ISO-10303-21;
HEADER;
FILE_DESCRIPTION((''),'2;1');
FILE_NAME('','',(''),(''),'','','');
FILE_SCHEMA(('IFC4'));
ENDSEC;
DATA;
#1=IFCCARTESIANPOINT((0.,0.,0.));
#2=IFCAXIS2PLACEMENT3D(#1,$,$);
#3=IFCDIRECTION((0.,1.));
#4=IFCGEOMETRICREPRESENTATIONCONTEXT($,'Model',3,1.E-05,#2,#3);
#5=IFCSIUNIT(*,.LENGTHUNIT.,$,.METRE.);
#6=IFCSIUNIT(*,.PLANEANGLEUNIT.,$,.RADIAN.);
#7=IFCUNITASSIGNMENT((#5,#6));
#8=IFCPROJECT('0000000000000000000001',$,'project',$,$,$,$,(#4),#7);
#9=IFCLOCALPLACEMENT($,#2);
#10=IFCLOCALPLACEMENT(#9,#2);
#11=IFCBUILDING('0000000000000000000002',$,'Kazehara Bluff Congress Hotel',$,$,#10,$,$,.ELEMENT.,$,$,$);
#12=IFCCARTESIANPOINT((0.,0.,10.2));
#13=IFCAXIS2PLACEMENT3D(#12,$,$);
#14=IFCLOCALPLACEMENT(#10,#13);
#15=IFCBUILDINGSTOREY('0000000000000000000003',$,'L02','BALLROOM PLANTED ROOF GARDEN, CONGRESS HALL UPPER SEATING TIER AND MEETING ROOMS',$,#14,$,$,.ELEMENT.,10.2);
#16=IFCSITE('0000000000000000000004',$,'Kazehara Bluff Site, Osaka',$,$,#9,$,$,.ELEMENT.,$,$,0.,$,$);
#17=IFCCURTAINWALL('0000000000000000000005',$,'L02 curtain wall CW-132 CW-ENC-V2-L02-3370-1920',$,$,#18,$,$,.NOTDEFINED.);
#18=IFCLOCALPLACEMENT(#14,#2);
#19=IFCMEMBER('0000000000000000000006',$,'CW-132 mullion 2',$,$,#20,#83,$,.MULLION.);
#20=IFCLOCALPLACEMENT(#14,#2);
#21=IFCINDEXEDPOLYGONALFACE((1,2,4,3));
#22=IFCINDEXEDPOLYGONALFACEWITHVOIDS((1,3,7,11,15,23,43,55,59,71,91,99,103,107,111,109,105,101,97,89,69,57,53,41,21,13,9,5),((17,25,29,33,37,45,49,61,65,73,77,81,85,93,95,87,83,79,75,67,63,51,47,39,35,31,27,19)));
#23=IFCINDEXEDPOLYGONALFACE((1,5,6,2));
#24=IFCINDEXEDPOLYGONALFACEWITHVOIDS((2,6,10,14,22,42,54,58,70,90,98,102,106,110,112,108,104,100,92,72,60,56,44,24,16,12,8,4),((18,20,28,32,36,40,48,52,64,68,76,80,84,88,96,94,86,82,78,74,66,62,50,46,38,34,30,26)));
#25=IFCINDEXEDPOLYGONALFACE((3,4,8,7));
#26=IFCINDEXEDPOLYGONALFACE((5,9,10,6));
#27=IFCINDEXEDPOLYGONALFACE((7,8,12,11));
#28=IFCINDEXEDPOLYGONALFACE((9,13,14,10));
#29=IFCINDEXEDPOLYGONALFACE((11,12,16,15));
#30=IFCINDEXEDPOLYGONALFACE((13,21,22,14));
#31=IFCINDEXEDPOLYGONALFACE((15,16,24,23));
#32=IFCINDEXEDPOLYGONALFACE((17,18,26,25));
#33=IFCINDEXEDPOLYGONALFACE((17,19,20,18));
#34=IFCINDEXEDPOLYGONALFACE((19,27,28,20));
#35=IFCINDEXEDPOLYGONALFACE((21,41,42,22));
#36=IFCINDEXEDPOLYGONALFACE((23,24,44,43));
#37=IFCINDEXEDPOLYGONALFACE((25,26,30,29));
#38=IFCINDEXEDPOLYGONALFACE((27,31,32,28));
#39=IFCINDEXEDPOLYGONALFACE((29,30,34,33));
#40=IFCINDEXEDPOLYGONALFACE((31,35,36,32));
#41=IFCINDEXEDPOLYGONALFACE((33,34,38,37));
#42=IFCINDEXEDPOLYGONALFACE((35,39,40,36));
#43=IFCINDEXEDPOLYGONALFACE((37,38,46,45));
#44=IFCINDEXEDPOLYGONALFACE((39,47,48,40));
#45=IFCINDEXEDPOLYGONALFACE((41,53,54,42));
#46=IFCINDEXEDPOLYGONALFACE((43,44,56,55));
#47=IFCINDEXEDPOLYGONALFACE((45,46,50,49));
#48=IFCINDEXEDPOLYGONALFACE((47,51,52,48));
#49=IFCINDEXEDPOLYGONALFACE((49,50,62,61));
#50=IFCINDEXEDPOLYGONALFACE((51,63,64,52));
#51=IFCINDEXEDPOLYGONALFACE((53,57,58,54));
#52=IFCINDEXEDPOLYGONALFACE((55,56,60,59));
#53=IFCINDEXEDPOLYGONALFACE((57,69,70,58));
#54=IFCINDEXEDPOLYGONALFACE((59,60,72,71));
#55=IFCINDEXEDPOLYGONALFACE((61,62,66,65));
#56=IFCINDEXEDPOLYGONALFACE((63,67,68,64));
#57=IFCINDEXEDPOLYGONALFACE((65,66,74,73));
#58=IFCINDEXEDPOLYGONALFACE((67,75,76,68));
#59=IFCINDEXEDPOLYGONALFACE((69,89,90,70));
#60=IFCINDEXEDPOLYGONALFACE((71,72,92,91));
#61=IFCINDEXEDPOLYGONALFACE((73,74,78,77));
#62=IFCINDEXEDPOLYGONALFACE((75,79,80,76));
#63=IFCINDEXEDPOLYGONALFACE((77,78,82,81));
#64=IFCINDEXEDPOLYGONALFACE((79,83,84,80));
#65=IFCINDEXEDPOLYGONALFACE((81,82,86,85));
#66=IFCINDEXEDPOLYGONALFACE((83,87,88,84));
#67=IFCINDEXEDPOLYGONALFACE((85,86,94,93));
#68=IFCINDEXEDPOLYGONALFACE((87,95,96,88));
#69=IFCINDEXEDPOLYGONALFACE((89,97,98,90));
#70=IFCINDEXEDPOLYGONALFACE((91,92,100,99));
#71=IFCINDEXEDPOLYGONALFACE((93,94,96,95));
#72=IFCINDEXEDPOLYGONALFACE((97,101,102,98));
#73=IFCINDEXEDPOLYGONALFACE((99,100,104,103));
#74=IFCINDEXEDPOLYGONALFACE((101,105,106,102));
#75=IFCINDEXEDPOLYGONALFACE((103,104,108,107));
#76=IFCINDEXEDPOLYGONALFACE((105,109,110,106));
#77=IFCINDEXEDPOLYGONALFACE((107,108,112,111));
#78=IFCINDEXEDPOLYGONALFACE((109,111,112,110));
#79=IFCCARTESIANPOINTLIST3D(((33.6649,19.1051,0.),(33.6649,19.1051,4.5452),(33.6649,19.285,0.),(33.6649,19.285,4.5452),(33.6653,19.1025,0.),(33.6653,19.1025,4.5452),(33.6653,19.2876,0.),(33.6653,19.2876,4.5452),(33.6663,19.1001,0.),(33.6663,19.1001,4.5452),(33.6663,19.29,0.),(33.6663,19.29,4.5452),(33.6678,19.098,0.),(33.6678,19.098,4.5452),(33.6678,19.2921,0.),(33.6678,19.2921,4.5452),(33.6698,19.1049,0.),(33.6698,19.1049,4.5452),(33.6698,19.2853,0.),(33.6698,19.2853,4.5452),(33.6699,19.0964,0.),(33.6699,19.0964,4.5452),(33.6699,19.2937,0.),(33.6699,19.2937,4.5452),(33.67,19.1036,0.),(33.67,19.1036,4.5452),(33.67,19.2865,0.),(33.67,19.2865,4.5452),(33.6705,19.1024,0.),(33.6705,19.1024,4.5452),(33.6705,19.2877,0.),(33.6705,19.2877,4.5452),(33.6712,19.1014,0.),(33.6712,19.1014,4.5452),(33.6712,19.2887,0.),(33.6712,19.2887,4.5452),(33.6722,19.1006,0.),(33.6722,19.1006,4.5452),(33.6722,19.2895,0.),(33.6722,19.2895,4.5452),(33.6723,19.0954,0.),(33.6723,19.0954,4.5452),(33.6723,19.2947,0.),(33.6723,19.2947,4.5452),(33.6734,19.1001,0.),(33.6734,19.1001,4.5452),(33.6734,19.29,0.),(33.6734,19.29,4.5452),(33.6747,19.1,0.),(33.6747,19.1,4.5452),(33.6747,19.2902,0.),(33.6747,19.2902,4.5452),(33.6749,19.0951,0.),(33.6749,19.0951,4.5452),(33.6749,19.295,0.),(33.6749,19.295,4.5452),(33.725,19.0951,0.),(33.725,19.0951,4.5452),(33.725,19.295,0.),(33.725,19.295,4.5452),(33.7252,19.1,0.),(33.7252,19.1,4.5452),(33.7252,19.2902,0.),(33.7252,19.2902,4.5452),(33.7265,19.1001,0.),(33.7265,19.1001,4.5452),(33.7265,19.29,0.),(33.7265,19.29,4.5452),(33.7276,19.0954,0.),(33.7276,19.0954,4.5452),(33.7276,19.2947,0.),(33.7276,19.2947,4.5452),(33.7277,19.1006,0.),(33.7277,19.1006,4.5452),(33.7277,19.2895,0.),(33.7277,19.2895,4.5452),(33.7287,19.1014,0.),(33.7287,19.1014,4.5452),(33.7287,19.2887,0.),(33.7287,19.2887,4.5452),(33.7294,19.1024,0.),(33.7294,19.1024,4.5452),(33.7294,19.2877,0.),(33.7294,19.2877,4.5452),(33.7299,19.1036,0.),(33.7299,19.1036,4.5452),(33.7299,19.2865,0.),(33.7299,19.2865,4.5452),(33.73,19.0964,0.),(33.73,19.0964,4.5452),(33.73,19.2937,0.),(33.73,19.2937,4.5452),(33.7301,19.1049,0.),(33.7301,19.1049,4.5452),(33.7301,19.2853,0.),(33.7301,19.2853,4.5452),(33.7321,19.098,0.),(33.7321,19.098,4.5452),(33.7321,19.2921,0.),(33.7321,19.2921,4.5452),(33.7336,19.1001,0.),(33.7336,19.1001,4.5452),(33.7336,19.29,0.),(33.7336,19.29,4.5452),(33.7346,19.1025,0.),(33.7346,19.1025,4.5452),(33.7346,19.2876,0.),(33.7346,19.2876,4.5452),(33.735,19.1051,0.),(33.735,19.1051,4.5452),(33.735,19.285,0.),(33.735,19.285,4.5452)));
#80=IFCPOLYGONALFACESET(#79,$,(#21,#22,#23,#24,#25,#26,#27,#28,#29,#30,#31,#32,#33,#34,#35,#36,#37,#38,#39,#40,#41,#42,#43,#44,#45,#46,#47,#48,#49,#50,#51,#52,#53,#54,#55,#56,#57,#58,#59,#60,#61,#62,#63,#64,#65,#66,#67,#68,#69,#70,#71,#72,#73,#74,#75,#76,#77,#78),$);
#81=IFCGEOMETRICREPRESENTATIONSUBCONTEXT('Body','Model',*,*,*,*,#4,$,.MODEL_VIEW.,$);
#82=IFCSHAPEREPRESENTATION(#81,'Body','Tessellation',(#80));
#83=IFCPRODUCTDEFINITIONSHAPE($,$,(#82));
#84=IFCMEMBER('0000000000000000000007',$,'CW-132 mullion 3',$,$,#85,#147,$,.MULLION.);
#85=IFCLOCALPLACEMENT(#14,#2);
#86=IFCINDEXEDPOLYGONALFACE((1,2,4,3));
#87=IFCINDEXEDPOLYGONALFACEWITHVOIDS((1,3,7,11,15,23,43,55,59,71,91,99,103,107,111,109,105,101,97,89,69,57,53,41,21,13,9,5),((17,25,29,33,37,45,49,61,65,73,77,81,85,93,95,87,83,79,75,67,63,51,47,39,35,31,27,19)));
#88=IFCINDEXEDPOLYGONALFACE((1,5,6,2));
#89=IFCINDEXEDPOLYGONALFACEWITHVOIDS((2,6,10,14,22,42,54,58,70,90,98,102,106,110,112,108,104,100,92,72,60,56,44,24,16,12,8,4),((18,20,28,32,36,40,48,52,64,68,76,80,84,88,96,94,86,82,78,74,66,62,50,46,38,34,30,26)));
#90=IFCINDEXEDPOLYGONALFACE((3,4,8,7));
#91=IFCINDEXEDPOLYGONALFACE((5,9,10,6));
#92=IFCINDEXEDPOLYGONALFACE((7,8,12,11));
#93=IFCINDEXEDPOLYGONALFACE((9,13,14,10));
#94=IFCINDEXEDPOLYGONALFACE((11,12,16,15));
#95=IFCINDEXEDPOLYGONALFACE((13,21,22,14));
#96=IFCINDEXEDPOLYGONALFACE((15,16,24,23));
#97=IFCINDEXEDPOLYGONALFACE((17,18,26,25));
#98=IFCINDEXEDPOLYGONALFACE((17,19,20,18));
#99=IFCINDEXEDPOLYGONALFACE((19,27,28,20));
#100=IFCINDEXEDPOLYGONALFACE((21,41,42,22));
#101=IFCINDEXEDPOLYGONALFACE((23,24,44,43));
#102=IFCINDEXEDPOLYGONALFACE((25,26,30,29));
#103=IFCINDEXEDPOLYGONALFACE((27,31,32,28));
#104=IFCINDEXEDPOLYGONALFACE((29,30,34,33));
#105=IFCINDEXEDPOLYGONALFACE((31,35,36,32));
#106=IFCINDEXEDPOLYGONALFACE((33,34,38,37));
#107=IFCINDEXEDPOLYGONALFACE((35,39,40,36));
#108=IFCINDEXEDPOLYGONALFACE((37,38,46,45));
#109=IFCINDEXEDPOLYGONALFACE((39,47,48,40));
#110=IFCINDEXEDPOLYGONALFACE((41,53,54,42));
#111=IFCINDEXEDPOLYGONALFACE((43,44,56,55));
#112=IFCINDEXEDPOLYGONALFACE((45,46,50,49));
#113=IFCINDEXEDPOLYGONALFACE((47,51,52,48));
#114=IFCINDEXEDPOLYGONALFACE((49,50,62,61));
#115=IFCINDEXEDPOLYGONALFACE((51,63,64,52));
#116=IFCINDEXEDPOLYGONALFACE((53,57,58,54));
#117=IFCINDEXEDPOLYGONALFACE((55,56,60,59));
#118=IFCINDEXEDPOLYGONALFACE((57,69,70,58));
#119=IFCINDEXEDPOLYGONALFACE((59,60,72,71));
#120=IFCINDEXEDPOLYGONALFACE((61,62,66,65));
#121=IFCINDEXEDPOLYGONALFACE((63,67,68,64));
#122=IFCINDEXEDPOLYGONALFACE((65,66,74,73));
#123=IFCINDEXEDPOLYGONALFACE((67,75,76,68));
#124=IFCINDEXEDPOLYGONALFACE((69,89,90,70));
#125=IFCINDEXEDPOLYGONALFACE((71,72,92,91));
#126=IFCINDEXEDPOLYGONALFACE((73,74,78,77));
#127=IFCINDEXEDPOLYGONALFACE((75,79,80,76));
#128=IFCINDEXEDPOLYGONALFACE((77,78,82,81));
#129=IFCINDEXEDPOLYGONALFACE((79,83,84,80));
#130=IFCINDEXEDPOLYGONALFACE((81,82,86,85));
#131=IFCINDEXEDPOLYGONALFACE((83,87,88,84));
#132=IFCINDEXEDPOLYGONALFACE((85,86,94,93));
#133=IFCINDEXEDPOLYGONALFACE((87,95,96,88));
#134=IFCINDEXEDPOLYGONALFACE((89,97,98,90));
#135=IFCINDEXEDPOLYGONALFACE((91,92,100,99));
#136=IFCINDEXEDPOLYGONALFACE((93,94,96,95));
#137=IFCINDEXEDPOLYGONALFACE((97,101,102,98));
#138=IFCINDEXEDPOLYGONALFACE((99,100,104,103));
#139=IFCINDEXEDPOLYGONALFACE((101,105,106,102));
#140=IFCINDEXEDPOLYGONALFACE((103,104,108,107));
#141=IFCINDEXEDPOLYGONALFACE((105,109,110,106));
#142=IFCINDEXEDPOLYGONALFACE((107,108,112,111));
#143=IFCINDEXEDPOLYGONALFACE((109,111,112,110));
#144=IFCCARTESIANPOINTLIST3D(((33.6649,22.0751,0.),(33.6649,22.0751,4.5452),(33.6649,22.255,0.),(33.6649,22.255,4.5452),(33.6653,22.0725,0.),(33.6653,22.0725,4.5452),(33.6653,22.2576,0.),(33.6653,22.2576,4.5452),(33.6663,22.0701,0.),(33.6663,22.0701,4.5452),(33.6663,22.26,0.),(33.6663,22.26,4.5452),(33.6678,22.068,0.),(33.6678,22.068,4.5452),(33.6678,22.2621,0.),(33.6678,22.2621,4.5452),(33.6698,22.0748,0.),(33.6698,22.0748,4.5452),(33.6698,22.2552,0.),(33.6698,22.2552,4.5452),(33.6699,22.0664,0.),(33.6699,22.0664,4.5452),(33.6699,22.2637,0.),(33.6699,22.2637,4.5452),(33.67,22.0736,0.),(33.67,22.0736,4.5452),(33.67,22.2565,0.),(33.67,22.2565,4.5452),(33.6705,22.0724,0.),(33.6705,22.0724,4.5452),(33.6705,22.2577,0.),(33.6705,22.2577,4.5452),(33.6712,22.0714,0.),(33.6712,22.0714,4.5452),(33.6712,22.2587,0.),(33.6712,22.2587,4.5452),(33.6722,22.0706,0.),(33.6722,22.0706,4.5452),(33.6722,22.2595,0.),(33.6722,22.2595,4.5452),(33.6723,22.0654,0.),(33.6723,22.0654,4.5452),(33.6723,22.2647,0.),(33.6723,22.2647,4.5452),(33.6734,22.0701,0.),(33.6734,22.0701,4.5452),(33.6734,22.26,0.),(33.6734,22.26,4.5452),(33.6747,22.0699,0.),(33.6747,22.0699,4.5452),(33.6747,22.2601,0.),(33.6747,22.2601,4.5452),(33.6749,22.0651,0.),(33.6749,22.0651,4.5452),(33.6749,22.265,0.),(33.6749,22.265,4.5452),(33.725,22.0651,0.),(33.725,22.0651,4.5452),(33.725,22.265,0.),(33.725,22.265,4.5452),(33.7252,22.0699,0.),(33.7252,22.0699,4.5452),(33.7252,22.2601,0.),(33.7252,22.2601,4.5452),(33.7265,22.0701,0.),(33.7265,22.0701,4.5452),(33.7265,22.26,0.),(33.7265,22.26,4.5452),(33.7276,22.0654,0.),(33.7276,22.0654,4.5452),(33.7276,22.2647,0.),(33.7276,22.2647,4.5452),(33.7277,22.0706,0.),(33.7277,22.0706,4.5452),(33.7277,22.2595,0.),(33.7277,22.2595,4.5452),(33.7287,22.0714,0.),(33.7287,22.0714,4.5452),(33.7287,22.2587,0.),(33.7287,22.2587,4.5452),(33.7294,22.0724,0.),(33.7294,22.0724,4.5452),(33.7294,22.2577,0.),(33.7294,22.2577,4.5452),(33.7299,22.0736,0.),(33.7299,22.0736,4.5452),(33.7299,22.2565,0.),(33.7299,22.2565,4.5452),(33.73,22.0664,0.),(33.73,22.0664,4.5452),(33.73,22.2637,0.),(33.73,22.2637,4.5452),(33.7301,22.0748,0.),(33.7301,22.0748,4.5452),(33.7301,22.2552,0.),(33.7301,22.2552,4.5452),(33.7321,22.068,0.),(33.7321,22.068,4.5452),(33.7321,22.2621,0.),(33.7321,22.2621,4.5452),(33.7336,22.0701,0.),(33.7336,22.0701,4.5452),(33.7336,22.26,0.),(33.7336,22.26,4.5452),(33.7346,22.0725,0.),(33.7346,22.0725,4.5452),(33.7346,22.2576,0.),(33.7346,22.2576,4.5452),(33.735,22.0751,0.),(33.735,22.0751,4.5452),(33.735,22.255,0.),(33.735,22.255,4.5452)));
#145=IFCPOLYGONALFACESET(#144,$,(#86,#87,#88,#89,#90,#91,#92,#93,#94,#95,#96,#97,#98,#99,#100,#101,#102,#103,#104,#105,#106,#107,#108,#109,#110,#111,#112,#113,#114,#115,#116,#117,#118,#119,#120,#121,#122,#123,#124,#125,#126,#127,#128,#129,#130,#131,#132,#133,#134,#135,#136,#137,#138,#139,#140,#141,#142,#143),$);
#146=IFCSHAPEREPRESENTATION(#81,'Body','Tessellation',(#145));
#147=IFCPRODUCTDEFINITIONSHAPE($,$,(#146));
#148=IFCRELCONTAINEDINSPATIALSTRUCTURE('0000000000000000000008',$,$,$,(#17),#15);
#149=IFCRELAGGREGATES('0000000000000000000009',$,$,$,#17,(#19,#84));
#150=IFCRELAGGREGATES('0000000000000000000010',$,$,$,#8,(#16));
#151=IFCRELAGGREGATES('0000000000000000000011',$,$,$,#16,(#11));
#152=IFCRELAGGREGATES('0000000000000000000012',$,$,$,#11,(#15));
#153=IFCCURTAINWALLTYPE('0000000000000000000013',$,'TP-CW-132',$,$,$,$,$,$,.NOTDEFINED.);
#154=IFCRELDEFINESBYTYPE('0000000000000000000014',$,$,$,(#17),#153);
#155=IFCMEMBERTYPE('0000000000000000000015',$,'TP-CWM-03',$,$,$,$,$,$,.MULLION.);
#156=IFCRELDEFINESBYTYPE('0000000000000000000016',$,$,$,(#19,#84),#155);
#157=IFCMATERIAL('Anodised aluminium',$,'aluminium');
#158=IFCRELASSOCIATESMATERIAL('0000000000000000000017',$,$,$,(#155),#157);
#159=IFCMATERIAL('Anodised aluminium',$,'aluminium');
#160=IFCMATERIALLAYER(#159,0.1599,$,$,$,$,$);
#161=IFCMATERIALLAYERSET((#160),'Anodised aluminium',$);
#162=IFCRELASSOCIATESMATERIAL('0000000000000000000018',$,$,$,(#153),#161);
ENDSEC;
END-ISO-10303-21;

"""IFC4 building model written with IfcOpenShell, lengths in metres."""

from ifc_helpers import new_model, si_unit, direction, frame, origin, origin_2d, place, context, subcontext, project, spatial, hollow_rectangle, extrude, material, layer, layer_set, material_profile, profile_set, type_object, element, aggregate, save


model = new_model("IFC4")

# Units and contexts
model_context = context("Model", 3, precision=1e-05, world=origin(), true_north=direction((0.0, 1.0)))
body_context = subcontext(model_context, "Body", "Model", "MODEL_VIEW")
ifc_project = project(units=[si_unit("LENGTHUNIT", "METRE"), si_unit("PLANEANGLEUNIT", "RADIAN")], contexts=[model_context])

# Site, building, storey
site_placement = place(None, origin())
site = spatial("IfcSite", under=ifc_project, at=site_placement, Name="Kazehara Bluff Site, Osaka", CompositionType="ELEMENT", RefElevation=0.0)
building_placement = place(site_placement, origin())
building = spatial("IfcBuilding", under=site, at=building_placement, Name="Kazehara Bluff Congress Hotel", CompositionType="ELEMENT")
storey_placement = place(building_placement, frame((0.0, 0.0, 10.2)))
storey = spatial("IfcBuildingStorey", under=building, at=storey_placement, Name="L02", Description="BALLROOM PLANTED ROOF GARDEN, CONGRESS HALL UPPER SEATING TIER AND MEETING ROOMS", CompositionType="ELEMENT", Elevation=10.2)

# Shared definitions
ifc_material_1 = material(Name="Anodised aluminium", Category="aluminium")
ifc_material_profile_1 = material_profile(ifc_material_1, hollow_rectangle(XDim=0.0701, YDim=0.2, WallThickness=0.0049, InnerFilletRadius=0.0049, OuterFilletRadius=0.01, at=origin_2d()))
ifc_profile_set_1 = profile_set([ifc_material_profile_1], Name="Anodised aluminium")
member_type_1 = type_object("IfcMemberType", Name="TP-CWM-03", PredefinedType="MULLION", material=ifc_profile_set_1)

# Curtain wall, members
ifc_material_2 = material(Name="Anodised aluminium", Category="aluminium")
ifc_layer_1 = layer(ifc_material_2, 0.1599)
ifc_layer_set_1 = layer_set([ifc_layer_1], Name="Anodised aluminium")
curtain_wall_type_1 = type_object("IfcCurtainWallType", Name="TP-CW-132", PredefinedType="NOTDEFINED", material=ifc_layer_set_1)
curtain_wall_1_placement = place(storey_placement, origin())
curtain_wall_1 = element("IfcCurtainWall", 1, at=curtain_wall_1_placement, inside=storey, type_object=curtain_wall_type_1, Name="L02 curtain wall CW-132 CW-ENC-V2-L02-3370-1920", PredefinedType="NOTDEFINED")
member_1_placement = place(storey_placement, frame((33.7, 19.1951, 0.0), z_axis=(0.0, 0.0, 1.0), x_axis=(-1.0, 0.0, 0.0)))
member_1 = element("IfcMember", 2, at=member_1_placement, type_object=member_type_1, Name="CW-132 mullion 2", PredefinedType="MULLION", context=body_context, shape_type="SweptSolid", body=[
    extrude(hollow_rectangle(XDim=0.0701, YDim=0.2, WallThickness=0.0049, InnerFilletRadius=0.0049, OuterFilletRadius=0.01, at=origin_2d()), origin(), (0.0, 0.0, 1.0), 4.5452),
])
member_2_placement = place(storey_placement, frame((33.7, 22.165, 0.0), z_axis=(0.0, 0.0, 1.0), x_axis=(-1.0, 0.0, 0.0)))
member_2 = element("IfcMember", 3, at=member_2_placement, type_object=member_type_1, Name="CW-132 mullion 3", PredefinedType="MULLION", context=body_context, shape_type="SweptSolid", body=[
    extrude(hollow_rectangle(XDim=0.0701, YDim=0.2, WallThickness=0.0049, InnerFilletRadius=0.0049, OuterFilletRadius=0.01, at=origin_2d()), origin(), (0.0, 0.0, 1.0), 4.5452),
])

aggregate(curtain_wall_1, [member_1, member_2])

save(model, "model.ifc")
